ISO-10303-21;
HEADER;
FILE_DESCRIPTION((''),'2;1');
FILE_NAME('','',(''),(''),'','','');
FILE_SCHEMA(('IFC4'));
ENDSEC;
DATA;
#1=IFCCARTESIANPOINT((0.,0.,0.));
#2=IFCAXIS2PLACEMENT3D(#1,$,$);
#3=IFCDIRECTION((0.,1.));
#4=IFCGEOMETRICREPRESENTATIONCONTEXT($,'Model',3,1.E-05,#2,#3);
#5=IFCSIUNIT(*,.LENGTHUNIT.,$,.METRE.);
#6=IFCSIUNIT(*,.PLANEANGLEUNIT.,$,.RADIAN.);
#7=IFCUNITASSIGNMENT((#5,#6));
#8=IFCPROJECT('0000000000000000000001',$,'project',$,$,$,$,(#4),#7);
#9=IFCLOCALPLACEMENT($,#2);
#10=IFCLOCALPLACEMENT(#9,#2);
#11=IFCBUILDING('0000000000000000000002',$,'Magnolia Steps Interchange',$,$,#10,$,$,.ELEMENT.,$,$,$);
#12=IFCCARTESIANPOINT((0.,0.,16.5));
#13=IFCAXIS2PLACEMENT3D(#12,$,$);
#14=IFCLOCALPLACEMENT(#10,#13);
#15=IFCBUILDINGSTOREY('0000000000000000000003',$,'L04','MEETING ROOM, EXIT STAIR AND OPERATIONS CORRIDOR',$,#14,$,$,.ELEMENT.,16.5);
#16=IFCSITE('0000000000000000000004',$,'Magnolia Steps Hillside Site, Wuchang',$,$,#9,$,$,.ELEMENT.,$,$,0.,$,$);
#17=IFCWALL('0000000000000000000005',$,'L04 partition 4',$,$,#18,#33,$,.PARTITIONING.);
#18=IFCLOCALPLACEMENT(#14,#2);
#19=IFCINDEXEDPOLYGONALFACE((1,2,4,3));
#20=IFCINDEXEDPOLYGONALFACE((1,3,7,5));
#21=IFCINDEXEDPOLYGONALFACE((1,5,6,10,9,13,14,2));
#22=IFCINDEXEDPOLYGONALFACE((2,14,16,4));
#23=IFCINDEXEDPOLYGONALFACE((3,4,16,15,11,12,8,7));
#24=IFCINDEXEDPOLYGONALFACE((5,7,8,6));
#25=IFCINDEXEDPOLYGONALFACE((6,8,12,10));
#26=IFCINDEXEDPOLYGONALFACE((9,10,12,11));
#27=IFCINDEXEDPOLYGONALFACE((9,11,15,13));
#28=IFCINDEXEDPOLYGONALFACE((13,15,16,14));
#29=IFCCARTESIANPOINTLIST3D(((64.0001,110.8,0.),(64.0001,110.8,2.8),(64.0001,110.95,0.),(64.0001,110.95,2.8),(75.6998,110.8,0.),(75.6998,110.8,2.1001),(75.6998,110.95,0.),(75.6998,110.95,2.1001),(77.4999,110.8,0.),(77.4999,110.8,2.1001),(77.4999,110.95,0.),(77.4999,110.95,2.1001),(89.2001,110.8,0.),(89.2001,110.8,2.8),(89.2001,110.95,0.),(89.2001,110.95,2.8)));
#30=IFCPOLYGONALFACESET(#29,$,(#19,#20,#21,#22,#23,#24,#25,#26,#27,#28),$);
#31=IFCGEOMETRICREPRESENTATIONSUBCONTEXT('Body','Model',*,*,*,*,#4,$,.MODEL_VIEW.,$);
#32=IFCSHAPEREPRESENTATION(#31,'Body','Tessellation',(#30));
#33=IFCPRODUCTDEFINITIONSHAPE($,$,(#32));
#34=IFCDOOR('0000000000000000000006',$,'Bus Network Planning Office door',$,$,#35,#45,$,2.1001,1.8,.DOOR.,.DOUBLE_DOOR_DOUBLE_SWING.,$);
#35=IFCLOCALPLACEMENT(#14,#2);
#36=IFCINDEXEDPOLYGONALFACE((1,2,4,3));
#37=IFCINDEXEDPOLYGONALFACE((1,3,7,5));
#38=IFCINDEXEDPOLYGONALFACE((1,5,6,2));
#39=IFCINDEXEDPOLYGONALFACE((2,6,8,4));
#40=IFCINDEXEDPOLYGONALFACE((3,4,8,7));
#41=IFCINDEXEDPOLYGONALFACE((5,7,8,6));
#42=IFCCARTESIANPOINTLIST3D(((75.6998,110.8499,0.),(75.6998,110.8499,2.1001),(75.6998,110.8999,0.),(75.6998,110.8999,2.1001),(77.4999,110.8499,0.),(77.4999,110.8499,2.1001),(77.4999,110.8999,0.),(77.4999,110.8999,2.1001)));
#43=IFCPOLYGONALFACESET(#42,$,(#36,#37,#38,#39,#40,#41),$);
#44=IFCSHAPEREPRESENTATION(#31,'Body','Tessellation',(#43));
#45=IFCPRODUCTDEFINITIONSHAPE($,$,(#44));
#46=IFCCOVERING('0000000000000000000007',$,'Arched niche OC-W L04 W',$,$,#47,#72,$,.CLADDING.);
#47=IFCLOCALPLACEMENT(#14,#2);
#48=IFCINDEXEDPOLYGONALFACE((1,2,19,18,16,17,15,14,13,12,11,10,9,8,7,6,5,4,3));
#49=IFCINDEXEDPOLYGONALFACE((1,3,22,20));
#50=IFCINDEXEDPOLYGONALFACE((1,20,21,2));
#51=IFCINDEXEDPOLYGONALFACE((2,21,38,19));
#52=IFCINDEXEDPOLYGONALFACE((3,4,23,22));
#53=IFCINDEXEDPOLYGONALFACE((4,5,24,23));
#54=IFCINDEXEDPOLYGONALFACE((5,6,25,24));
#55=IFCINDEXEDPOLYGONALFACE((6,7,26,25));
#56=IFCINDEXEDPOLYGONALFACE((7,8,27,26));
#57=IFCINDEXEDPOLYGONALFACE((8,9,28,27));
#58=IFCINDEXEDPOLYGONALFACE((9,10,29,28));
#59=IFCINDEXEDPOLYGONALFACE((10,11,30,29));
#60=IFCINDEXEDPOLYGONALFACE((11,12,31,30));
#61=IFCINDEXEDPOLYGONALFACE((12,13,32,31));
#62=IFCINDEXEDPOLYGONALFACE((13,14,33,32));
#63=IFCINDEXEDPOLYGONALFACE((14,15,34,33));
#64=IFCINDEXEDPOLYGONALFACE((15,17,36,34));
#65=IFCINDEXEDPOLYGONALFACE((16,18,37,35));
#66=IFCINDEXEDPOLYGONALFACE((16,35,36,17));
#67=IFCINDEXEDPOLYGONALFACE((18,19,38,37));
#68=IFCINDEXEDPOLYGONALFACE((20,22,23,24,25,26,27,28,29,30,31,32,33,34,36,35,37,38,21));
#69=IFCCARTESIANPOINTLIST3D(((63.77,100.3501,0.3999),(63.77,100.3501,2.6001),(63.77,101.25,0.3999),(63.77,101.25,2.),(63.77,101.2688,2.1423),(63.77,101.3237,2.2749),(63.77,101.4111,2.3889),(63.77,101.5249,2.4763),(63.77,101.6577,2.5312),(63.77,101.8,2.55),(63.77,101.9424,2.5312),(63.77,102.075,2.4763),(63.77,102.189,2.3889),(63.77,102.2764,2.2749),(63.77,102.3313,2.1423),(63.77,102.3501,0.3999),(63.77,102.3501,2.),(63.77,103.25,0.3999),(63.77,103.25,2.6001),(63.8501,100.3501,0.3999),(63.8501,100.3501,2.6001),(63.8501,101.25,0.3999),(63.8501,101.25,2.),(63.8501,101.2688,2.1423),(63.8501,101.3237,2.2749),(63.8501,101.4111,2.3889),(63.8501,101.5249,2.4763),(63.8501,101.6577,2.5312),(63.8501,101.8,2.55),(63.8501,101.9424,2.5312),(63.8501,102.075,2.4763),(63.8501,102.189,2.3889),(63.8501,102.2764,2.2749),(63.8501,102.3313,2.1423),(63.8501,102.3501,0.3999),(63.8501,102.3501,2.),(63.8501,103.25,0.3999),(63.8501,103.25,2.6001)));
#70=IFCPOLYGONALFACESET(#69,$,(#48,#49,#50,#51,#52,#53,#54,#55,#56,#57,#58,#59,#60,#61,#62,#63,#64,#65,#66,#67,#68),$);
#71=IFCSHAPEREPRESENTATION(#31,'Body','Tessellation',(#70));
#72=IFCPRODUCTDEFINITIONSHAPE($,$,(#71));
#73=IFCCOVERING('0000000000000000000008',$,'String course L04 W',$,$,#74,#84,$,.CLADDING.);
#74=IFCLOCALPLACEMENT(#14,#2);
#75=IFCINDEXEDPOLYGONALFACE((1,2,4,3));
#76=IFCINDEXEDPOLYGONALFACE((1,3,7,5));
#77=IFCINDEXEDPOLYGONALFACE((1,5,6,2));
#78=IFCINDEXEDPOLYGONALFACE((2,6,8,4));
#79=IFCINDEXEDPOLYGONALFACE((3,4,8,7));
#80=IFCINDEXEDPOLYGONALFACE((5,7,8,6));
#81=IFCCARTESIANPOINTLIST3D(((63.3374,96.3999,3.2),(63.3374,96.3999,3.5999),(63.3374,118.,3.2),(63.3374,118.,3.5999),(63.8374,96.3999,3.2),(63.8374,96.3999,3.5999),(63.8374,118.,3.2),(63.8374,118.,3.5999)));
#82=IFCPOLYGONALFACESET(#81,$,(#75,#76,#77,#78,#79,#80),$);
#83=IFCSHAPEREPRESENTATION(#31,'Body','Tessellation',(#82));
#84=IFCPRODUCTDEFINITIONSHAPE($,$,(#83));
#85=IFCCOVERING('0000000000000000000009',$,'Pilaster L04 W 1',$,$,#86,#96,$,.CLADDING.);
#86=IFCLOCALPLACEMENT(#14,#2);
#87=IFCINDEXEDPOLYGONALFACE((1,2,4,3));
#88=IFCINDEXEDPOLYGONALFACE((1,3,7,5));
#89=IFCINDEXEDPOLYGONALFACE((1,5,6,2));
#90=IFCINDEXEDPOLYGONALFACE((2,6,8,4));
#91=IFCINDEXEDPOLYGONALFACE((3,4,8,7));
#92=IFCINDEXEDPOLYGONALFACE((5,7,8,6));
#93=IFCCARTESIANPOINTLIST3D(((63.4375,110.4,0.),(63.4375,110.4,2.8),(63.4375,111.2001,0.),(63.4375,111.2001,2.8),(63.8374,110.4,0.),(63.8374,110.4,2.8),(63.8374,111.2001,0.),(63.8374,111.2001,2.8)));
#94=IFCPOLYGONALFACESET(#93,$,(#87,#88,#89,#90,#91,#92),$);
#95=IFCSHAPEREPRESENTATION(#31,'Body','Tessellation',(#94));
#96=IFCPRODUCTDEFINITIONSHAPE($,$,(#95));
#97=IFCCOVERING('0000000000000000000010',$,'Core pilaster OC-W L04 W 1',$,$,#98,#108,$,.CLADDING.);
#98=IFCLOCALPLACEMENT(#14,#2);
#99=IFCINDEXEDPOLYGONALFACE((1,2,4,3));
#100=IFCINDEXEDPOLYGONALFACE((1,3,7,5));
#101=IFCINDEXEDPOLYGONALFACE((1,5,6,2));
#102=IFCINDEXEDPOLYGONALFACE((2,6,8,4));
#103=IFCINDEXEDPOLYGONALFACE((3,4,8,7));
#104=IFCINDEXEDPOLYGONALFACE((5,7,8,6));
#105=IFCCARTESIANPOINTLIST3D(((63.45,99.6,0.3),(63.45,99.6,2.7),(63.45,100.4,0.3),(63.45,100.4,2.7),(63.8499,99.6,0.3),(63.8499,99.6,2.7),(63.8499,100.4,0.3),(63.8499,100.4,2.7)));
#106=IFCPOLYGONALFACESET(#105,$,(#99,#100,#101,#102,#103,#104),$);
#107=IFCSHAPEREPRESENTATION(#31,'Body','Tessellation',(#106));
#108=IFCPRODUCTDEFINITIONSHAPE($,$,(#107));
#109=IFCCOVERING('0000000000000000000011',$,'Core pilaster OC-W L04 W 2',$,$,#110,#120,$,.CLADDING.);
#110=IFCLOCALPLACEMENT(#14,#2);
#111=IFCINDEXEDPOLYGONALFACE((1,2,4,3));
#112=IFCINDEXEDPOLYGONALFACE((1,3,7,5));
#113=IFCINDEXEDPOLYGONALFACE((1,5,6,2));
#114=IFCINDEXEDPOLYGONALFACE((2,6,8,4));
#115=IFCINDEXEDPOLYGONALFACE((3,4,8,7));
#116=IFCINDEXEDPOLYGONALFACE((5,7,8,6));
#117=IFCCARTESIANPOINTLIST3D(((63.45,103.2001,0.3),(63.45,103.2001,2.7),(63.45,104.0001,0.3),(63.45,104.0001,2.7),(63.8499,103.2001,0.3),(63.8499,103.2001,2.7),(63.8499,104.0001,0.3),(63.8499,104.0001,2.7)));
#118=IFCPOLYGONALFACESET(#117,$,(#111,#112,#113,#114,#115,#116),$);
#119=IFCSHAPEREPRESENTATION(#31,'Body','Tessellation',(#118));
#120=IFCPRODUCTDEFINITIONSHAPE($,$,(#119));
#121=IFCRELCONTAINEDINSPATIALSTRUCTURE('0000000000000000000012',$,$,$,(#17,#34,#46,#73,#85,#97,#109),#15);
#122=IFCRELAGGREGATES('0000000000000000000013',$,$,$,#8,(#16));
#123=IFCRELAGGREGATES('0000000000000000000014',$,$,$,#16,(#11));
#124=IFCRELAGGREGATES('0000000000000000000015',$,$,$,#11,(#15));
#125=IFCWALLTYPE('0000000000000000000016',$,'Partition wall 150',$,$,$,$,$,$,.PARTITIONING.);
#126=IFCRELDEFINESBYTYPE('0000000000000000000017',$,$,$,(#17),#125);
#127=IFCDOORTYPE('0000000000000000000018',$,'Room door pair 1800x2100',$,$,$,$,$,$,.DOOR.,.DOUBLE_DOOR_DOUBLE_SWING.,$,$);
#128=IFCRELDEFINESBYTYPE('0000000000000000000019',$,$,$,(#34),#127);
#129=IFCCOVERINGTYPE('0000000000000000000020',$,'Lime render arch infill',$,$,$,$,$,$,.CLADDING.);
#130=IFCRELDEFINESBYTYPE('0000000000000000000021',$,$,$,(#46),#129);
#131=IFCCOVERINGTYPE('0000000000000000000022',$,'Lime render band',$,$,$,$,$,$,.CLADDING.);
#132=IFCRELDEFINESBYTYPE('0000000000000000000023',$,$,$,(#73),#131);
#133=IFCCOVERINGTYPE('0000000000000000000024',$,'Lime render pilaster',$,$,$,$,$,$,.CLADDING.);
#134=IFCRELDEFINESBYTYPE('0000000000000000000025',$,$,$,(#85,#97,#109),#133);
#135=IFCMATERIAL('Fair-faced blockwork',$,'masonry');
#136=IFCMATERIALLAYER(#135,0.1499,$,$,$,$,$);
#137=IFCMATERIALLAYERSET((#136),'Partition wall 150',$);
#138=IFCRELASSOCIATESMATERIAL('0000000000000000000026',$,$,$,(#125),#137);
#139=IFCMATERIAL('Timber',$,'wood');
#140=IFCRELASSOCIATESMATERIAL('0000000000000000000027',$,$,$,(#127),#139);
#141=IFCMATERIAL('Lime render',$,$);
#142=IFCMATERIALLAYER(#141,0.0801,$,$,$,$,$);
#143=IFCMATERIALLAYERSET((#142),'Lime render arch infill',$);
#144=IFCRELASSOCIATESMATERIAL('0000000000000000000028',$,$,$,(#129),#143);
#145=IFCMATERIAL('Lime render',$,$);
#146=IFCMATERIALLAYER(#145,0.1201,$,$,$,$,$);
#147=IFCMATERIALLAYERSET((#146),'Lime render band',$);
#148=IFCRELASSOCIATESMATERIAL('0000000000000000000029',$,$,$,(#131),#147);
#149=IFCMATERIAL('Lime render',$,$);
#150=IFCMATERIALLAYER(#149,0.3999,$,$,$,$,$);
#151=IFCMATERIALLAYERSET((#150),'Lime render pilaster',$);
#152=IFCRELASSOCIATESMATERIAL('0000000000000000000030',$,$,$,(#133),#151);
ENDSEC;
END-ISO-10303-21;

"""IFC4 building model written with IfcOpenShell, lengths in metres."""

from ifc_helpers import new_model, si_unit, direction, frame, frame_2d, origin, origin_2d, place, context, subcontext, project, spatial, polyline, rectangle, outline, extrude, material, layer, layer_set, type_object, element, fill, save


model = new_model("IFC4")

# Units and contexts
model_context = context("Model", 3, precision=1e-05, world=origin(), true_north=direction((0.0, 1.0)))
body_context = subcontext(model_context, "Body", "Model", "MODEL_VIEW")
ifc_project = project(units=[si_unit("LENGTHUNIT", "METRE"), si_unit("PLANEANGLEUNIT", "RADIAN")], contexts=[model_context])

# Site, building, storey
site_placement = place(None, origin())
site = spatial("IfcSite", under=ifc_project, at=site_placement, Name="Magnolia Steps Hillside Site, Wuchang", CompositionType="ELEMENT", RefElevation=0.0)
building_placement = place(site_placement, origin())
building = spatial("IfcBuilding", under=site, at=building_placement, Name="Magnolia Steps Interchange", CompositionType="ELEMENT")
storey_placement = place(building_placement, frame((0.0, 0.0, 16.5)))
storey = spatial("IfcBuildingStorey", under=building, at=storey_placement, Name="L04", Description="MEETING ROOM, EXIT STAIR AND OPERATIONS CORRIDOR", CompositionType="ELEMENT", Elevation=16.5)

# Wall, opening, door
ifc_material_1 = material(Name="Fair-faced blockwork", Category="masonry")
ifc_layer_1 = layer(ifc_material_1, 0.1499)
ifc_layer_set_1 = layer_set([ifc_layer_1], Name="Partition wall 150")
wall_type_1 = type_object("IfcWallType", Name="Partition wall 150", PredefinedType="PARTITIONING", material=ifc_layer_set_1)
wall_1_placement = place(storey_placement, frame((64.0, 110.875, 0.0), z_axis=(0.0, 0.0, 1.0), x_axis=(1.0, 0.0, 0.0)))
wall_1 = element("IfcWall", 1, at=wall_1_placement, inside=storey, type_object=wall_type_1, Name="L04 partition 4", PredefinedType="PARTITIONING", context=body_context, shape_type="SweptSolid", body=[
    extrude(rectangle(XDim=25.2, YDim=0.1499, at=frame_2d((12.6001, 0.0))), origin(), (0.0, 0.0, 1.0), 2.8),
])
opening_1_placement = place(wall_1_placement, frame((11.7, 0.0, 0.0)))
opening_1 = element("IfcOpeningElement", 2, at=opening_1_placement, cuts=wall_1, PredefinedType="OPENING", context=body_context, shape_type="SweptSolid", body=[
    extrude(rectangle(XDim=1.8, YDim=2.1001, at=frame_2d((0.8999, 1.05))), frame((0.0, 0.085, 0.0), z_axis=(0.0, -1.0, 0.0), x_axis=(1.0, 0.0, 0.0)), (0.0, 0.0, 1.0), 0.1699),
])
ifc_material_2 = material(Name="Timber", Category="wood")
door_type_1 = type_object("IfcDoorType", Name="Room door pair 1800x2100", OperationType="DOUBLE_DOOR_DOUBLE_SWING", PredefinedType="DOOR", material=ifc_material_2)
door_1_placement = place(opening_1_placement, origin())
door_1 = element("IfcDoor", 3, at=door_1_placement, inside=storey, type_object=door_type_1, Name="Bus Network Planning Office door", OperationType="DOUBLE_DOOR_DOUBLE_SWING", OverallHeight=2.1001, OverallWidth=1.8, PredefinedType="DOOR", context=body_context, shape_type="SweptSolid", body=[
    extrude(rectangle(XDim=1.8, YDim=2.1001, at=frame_2d((0.8999, 1.05))), frame((0.0, 0.0249, 0.0), z_axis=(0.0, -1.0, 0.0), x_axis=(1.0, 0.0, 0.0)), (0.0, 0.0, 1.0), 0.05),
])
fill(opening_1, door_1)

# Coverings
ifc_material_3 = material(Name="Lime render")
ifc_layer_2 = layer(ifc_material_3, 0.0801)
ifc_layer_set_2 = layer_set([ifc_layer_2], Name="Lime render arch infill")
covering_type_1 = type_object("IfcCoveringType", Name="Lime render arch infill", PredefinedType="CLADDING", material=ifc_layer_set_2)
covering_1_placement = place(storey_placement, frame((63.8501, 101.25, 0.3999), z_axis=(1.0, 0.0, 0.0), x_axis=(0.0, 0.0, 1.0)))
element("IfcCovering", 4, at=covering_1_placement, inside=storey, type_object=covering_type_1, Name="Arched niche OC-W L04 W", PredefinedType="CLADDING", context=body_context, shape_type="SweptSolid", body=[
    extrude(outline(polyline([(0.0, 0.0), (1.6001, 0.0), (1.7424, -0.0188), (1.875, -0.0737), (1.989, -0.1611), (2.0764, -0.2749), (2.1313, -0.4077), (2.1501, -0.55), (2.1313, -0.6924), (2.0764, -0.825), (1.989, -0.939), (1.875, -1.0264), (1.7424, -1.0813), (1.6001, -1.1001), (0.0, -1.1001), (0.0, -2.0), (2.2002, -2.0), (2.2002, 0.8999), (0.0, 0.8999), (0.0, 0.0)])), origin(), (0.0, 0.0, -1.0), 0.0801),
])
ifc_material_4 = material(Name="Lime render")
ifc_layer_3 = layer(ifc_material_4, 0.1201)
ifc_layer_set_3 = layer_set([ifc_layer_3], Name="Lime render band")
covering_type_2 = type_object("IfcCoveringType", Name="Lime render band", PredefinedType="CLADDING", material=ifc_layer_set_3)
covering_2_placement = place(storey_placement, frame((63.5874, 107.2, 3.2), z_axis=(0.0, 0.0, 1.0), x_axis=(1.0, 0.0, 0.0)))
element("IfcCovering", 5, at=covering_2_placement, inside=storey, type_object=covering_type_2, Name="String course L04 W", PredefinedType="CLADDING", context=body_context, shape_type="SweptSolid", body=[
    extrude(rectangle(XDim=0.5, YDim=21.6001, at=origin_2d()), origin(), (0.0, 0.0, 1.0), 0.3999),
])
ifc_material_5 = material(Name="Lime render")
ifc_layer_4 = layer(ifc_material_5, 0.3999)
ifc_layer_set_4 = layer_set([ifc_layer_4], Name="Lime render pilaster")
covering_type_3 = type_object("IfcCoveringType", Name="Lime render pilaster", PredefinedType="CLADDING", material=ifc_layer_set_4)
covering_3_placement = place(storey_placement, frame((63.6375, 110.8, 0.0), z_axis=(0.0, 0.0, 1.0), x_axis=(1.0, 0.0, 0.0)))
element("IfcCovering", 6, at=covering_3_placement, inside=storey, type_object=covering_type_3, Name="Pilaster L04 W 1", PredefinedType="CLADDING", context=body_context, shape_type="SweptSolid", body=[
    extrude(rectangle(XDim=0.3999, YDim=0.8, at=origin_2d()), origin(), (0.0, 0.0, 1.0), 2.8),
])
for number, where, z_axis, x_axis, name in (
    (7, (63.6499, 100.0, 0.3), (0.0, 0.0, 1.0), (1.0, 0.0, 0.0), "Core pilaster OC-W L04 W 1"),
    (8, (63.6499, 103.6001, 0.3), (0.0, 0.0, 1.0), (1.0, 0.0, 0.0), "Core pilaster OC-W L04 W 2"),
):
    element("IfcCovering", number, at=place(storey_placement, frame(where, z_axis=z_axis, x_axis=x_axis)), inside=storey, type_object=covering_type_3, Name=name, PredefinedType="CLADDING", context=body_context, shape_type="SweptSolid", body=[
        extrude(rectangle(XDim=0.3999, YDim=0.8, at=origin_2d()), origin(), (0.0, 0.0, 1.0), 2.3999),
    ])

save(model, "model.ifc")
